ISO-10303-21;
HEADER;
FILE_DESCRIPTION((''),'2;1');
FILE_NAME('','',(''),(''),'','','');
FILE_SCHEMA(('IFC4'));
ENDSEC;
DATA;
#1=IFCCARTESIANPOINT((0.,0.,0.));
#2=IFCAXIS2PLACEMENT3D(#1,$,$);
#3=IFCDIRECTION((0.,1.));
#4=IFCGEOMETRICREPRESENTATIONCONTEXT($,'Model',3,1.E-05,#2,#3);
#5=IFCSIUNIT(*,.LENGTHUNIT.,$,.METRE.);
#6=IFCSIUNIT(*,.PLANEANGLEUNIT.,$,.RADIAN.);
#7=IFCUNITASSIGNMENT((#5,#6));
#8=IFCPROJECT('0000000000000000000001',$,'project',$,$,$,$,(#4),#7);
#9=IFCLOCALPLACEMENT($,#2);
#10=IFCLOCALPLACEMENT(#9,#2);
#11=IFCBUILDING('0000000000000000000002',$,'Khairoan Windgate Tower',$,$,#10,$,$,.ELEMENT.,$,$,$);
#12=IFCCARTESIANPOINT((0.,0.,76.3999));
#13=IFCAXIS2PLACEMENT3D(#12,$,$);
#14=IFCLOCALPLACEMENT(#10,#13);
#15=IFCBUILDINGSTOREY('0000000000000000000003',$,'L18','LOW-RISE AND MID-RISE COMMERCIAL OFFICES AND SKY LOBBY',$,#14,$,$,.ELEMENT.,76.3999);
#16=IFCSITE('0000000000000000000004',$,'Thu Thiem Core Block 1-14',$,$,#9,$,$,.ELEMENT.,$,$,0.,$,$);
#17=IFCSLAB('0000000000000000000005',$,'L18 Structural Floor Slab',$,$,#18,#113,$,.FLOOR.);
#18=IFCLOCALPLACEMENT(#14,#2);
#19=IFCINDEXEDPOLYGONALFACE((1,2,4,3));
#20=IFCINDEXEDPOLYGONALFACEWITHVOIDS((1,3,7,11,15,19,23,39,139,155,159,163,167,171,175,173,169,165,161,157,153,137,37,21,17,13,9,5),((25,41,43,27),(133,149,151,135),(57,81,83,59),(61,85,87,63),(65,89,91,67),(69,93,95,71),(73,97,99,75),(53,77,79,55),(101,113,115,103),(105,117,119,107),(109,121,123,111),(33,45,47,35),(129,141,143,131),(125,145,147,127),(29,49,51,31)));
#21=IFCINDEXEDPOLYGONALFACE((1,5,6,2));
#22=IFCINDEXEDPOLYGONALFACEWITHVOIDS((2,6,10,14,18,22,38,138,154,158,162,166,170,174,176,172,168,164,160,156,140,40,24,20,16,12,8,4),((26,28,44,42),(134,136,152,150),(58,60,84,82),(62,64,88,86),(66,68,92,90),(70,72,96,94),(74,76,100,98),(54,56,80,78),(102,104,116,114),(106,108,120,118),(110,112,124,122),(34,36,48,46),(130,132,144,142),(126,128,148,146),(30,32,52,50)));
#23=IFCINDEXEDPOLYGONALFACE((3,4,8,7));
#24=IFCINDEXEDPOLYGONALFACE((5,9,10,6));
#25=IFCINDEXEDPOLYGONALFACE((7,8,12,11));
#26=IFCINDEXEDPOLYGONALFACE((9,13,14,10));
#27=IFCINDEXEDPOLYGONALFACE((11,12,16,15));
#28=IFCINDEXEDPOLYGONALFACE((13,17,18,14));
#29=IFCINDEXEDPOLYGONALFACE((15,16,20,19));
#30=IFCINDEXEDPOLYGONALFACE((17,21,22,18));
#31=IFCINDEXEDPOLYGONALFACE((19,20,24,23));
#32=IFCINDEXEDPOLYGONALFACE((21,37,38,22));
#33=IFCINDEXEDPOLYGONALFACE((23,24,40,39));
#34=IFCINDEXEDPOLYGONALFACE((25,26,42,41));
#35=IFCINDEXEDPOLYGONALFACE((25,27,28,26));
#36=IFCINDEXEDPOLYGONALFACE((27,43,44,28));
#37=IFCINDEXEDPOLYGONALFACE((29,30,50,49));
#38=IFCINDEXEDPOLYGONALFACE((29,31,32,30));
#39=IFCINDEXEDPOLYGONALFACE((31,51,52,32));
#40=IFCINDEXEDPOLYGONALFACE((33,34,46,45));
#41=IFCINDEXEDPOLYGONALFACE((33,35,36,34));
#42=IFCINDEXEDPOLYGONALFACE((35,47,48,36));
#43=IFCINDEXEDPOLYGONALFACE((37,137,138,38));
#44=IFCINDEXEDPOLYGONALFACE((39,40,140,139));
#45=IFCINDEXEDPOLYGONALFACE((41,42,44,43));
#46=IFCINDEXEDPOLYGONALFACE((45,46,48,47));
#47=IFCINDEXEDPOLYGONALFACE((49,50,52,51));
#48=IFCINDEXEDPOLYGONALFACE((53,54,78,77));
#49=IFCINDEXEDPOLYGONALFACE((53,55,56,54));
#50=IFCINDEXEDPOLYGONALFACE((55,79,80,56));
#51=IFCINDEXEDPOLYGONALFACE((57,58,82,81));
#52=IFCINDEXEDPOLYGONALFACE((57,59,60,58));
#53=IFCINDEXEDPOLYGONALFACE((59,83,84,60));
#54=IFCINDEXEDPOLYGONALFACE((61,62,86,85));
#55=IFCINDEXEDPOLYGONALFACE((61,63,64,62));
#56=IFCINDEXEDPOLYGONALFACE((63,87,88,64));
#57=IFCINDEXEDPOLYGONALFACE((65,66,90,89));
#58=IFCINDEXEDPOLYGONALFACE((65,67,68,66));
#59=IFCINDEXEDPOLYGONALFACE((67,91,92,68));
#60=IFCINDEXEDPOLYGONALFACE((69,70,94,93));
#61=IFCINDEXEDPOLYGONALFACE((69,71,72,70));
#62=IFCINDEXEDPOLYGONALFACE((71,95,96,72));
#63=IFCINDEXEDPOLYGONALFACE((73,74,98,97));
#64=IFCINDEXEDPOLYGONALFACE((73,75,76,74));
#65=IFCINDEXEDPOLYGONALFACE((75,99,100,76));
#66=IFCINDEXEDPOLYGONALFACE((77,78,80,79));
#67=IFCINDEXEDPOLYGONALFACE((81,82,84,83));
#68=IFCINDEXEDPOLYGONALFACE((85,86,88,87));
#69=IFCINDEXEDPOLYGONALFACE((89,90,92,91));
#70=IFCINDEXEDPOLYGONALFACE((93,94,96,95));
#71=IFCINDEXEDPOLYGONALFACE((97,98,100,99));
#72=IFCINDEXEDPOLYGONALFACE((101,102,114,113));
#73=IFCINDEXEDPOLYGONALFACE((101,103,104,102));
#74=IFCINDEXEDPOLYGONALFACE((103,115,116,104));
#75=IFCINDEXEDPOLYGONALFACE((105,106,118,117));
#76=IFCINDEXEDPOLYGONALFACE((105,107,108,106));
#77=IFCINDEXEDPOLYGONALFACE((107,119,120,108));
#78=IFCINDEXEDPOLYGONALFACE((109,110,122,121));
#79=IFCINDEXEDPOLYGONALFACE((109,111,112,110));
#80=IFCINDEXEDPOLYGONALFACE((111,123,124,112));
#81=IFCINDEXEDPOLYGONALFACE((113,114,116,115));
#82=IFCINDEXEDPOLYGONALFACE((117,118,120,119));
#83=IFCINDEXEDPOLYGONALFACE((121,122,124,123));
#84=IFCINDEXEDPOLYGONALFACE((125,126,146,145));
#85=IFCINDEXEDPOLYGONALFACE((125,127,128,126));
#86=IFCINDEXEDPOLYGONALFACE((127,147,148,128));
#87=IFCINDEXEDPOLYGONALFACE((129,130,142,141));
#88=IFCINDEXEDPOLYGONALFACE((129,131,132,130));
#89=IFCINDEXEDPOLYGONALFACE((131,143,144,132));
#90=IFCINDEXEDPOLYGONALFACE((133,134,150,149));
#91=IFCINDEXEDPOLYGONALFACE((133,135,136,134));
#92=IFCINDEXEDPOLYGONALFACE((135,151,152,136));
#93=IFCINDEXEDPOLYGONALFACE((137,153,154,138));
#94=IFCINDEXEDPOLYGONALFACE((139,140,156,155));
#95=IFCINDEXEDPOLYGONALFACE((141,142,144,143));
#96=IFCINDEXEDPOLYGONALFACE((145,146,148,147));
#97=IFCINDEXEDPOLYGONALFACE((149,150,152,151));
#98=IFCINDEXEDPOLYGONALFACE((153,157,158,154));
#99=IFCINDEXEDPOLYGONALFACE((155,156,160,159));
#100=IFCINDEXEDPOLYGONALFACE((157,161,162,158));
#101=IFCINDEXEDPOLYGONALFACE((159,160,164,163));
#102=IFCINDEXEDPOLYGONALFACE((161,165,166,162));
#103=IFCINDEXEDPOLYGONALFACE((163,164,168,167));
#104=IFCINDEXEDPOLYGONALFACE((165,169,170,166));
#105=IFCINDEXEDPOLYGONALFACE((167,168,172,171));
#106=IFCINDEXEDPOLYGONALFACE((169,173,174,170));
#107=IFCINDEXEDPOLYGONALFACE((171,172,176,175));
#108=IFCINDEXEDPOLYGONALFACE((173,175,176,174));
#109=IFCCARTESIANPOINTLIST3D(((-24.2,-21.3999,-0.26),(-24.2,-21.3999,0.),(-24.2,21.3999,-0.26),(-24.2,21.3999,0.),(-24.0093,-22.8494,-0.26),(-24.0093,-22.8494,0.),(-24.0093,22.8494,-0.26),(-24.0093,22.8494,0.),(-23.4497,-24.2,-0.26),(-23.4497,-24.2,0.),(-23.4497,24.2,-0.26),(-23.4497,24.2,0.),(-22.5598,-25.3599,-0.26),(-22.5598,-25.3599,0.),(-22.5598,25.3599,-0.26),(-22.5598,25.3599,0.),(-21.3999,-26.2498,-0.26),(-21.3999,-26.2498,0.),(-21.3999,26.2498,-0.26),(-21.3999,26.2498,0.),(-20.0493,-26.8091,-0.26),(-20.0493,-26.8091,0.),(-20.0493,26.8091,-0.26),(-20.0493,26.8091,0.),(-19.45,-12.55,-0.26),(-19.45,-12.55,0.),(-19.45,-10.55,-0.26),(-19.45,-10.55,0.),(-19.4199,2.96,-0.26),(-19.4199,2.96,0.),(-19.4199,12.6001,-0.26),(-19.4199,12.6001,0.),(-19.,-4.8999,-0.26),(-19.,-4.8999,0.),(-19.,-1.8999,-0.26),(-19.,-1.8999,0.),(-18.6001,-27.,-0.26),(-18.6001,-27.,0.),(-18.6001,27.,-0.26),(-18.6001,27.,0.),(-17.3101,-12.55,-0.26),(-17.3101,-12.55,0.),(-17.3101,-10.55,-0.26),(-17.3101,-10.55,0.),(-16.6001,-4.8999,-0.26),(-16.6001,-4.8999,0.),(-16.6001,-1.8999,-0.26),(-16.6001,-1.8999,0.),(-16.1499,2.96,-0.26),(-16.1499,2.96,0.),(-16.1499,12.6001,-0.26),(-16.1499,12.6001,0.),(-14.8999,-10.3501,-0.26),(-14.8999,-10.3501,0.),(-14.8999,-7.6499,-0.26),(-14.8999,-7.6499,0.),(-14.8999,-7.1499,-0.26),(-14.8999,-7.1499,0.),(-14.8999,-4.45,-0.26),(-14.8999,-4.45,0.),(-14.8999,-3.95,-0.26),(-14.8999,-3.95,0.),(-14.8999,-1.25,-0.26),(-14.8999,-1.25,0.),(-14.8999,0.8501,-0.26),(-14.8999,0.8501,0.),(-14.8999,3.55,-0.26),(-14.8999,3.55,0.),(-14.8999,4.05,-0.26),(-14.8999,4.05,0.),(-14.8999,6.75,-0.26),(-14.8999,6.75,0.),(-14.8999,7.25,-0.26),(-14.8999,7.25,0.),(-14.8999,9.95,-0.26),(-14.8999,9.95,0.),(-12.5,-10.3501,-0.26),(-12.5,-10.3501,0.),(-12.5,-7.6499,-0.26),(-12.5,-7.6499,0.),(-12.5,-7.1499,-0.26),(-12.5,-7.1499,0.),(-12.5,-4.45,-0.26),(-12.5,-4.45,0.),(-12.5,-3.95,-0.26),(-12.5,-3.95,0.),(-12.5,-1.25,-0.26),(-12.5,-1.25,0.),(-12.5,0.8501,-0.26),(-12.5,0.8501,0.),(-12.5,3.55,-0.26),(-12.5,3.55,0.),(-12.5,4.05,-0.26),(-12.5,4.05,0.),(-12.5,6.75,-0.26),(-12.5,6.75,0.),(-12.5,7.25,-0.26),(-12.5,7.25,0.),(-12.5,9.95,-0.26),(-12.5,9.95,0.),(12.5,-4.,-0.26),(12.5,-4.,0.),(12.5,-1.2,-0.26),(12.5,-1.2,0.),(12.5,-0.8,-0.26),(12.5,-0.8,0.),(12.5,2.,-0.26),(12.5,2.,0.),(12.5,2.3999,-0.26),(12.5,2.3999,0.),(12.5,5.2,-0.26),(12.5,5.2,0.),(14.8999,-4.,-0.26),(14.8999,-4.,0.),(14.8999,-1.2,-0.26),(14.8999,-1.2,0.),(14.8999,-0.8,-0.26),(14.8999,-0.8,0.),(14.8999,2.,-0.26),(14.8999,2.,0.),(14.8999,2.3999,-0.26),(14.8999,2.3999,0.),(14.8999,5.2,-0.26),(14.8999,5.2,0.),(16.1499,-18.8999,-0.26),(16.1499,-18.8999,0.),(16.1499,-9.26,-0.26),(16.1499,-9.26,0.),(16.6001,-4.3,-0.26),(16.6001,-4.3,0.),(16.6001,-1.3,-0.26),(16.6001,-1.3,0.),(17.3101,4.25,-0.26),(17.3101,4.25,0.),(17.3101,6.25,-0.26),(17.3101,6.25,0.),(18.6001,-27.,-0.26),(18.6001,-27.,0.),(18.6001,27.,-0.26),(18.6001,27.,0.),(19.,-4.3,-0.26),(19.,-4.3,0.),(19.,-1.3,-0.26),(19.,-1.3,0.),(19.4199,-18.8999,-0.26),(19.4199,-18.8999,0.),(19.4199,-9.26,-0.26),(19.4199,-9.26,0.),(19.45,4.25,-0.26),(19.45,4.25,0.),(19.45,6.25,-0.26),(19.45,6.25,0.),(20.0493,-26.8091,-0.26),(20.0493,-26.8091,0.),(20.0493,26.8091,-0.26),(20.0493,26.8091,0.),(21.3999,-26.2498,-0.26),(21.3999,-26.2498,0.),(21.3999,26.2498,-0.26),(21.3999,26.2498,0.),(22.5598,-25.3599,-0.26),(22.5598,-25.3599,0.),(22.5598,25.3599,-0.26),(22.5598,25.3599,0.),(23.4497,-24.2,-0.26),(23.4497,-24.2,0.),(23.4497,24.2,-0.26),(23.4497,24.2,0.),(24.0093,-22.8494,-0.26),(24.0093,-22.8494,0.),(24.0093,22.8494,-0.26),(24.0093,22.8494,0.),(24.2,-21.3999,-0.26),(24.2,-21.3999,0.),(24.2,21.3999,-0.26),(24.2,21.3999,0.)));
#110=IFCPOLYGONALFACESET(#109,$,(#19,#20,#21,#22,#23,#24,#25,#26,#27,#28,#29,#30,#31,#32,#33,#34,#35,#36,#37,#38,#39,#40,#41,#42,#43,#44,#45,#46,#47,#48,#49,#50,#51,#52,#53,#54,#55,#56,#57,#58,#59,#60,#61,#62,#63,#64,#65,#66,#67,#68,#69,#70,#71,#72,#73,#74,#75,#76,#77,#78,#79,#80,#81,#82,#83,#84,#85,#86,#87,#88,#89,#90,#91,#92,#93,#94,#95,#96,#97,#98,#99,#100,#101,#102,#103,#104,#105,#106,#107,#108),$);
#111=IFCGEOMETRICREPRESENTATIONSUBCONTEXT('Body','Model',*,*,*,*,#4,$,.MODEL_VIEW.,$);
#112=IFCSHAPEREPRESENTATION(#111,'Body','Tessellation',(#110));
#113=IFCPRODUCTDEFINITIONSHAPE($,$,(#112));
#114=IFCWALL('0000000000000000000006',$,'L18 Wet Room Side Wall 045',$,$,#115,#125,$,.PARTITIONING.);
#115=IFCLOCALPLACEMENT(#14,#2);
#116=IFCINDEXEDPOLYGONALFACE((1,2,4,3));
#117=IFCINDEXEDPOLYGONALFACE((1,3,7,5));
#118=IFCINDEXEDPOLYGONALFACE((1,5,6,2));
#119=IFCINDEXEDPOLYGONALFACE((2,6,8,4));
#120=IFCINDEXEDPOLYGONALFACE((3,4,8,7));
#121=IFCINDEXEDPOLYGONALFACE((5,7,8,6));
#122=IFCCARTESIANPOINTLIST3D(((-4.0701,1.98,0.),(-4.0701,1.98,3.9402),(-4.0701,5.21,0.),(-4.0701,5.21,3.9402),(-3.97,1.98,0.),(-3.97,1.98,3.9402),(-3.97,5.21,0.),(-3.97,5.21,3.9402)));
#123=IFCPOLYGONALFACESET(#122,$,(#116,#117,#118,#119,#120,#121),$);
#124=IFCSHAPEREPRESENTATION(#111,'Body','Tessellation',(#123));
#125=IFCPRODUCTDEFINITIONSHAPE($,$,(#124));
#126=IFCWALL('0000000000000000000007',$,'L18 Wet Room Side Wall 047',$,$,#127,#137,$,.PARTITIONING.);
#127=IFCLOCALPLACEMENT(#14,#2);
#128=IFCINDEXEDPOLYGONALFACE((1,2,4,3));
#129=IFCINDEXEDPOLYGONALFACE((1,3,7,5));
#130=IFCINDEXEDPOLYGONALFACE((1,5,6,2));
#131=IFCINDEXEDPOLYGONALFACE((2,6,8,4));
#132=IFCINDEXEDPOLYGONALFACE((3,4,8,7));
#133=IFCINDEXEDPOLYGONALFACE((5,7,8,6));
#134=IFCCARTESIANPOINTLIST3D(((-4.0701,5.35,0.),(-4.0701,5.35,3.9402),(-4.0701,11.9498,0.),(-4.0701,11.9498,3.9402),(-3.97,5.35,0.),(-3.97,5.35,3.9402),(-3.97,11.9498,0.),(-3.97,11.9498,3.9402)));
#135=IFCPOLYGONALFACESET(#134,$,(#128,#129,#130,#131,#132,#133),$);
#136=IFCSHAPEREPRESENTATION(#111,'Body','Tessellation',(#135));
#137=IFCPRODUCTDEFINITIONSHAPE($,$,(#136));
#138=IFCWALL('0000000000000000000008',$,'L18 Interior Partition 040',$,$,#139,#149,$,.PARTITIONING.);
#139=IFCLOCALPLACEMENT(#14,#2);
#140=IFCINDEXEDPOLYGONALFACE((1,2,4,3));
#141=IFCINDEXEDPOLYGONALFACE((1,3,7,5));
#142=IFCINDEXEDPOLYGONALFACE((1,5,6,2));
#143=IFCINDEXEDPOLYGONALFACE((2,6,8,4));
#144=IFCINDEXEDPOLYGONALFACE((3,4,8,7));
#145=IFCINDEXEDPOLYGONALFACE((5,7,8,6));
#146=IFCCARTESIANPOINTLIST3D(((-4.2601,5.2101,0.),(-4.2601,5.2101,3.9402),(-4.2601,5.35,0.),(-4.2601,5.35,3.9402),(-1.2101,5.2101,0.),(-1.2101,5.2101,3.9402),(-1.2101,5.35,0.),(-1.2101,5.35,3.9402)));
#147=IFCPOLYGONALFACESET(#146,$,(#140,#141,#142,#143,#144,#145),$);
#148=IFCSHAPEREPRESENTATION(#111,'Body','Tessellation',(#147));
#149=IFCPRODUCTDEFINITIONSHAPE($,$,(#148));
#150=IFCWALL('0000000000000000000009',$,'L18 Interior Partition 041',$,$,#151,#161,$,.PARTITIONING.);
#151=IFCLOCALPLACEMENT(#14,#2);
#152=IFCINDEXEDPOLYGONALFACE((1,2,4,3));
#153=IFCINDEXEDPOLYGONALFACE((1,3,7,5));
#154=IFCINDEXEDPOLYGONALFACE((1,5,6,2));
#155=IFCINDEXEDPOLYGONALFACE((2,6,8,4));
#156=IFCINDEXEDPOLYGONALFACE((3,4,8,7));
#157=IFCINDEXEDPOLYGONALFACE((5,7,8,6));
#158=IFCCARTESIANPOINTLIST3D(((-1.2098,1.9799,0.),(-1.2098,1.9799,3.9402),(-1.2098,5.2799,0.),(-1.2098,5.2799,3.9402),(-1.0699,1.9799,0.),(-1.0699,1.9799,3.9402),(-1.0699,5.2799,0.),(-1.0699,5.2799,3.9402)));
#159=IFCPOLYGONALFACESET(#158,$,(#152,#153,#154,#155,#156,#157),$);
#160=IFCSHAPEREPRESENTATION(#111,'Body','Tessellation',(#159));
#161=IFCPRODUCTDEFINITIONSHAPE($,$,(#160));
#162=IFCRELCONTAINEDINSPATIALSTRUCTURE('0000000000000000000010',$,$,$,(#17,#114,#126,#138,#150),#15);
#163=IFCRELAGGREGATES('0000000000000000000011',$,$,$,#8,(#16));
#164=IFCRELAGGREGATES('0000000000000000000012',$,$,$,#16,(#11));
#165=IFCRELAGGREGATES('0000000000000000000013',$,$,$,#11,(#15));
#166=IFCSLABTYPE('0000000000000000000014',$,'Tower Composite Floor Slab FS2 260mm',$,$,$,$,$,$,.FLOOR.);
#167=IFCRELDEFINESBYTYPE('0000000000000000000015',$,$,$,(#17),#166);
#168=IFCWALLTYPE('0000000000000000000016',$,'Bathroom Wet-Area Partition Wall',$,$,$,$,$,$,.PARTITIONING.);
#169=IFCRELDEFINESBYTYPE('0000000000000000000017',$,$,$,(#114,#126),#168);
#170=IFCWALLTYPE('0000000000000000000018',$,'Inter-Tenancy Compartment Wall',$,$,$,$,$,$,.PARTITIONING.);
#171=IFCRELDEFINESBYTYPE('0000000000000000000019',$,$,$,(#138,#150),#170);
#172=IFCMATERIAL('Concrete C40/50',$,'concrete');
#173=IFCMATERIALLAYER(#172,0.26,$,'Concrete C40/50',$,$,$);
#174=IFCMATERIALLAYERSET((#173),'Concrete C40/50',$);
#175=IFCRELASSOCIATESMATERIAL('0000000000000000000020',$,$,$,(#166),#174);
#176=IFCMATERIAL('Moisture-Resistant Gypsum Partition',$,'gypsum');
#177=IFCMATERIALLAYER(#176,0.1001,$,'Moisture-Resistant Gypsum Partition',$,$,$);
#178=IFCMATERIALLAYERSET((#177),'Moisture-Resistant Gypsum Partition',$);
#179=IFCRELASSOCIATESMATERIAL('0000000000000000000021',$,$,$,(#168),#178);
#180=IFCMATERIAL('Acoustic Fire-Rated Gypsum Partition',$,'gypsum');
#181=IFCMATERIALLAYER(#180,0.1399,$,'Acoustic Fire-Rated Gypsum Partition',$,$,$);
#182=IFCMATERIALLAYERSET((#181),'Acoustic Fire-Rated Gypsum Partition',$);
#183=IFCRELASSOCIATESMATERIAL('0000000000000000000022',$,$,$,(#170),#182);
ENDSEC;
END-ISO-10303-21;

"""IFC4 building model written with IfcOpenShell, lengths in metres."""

from ifc_helpers import new_model, si_unit, direction, frame, frame_2d, origin, place, context, subcontext, project, spatial, polyline, rectangle, outline, extrude, material, layer, layer_set, type_object, element, save


model = new_model("IFC4")

# Units and contexts
model_context = context("Model", 3, precision=1e-05, world=origin(), true_north=direction((0.0, 1.0)))
body_context = subcontext(model_context, "Body", "Model", "MODEL_VIEW")
ifc_project = project(units=[si_unit("LENGTHUNIT", "METRE"), si_unit("PLANEANGLEUNIT", "RADIAN")], contexts=[model_context])

# Site, building, storey
site_placement = place(None, origin())
site = spatial("IfcSite", under=ifc_project, at=site_placement, Name="Thu Thiem Core Block 1-14", CompositionType="ELEMENT", RefElevation=0.0)
building_placement = place(site_placement, origin())
building = spatial("IfcBuilding", under=site, at=building_placement, Name="Khairoan Windgate Tower", CompositionType="ELEMENT")
storey_placement = place(building_placement, frame((0.0, 0.0, 76.3999)))
storey = spatial("IfcBuildingStorey", under=building, at=storey_placement, Name="L18", Description="LOW-RISE AND MID-RISE COMMERCIAL OFFICES AND SKY LOBBY", CompositionType="ELEMENT", Elevation=76.3999)

# Slab
ifc_material_1 = material(Name="Concrete C40/50", Category="concrete")
ifc_layer_1 = layer(ifc_material_1, 0.26, Name="Concrete C40/50")
ifc_layer_set_1 = layer_set([ifc_layer_1], Name="Concrete C40/50")
slab_type_1 = type_object("IfcSlabType", Name="Tower Composite Floor Slab FS2 260mm", PredefinedType="FLOOR", material=ifc_layer_set_1)
slab_1_placement = place(storey_placement, frame((0.0, 0.0, -0.26)))
element("IfcSlab", 1, at=slab_1_placement, inside=storey, type_object=slab_type_1, Name="L18 Structural Floor Slab", PredefinedType="FLOOR", context=body_context, shape_type="SweptSolid", body=[
    extrude(outline(polyline([(18.6001, -27.0), (20.0493, -26.8091), (21.3999, -26.2498), (22.5598, -25.3599), (23.4497, -24.2), (24.0093, -22.8494), (24.2, -21.3999), (24.2, 21.3999), (24.0093, 22.8494), (23.4497, 24.2), (22.5598, 25.3599), (21.3999, 26.2498), (20.0493, 26.8091), (18.6001, 27.0), (-18.6001, 27.0), (-20.0493, 26.8091), (-21.3999, 26.2498), (-22.5598, 25.3599), (-23.4497, 24.2), (-24.0093, 22.8494), (-24.2, 21.3999), (-24.2, -21.3999), (-24.0093, -22.8494), (-23.4497, -24.2), (-22.5598, -25.3599), (-21.3999, -26.2498), (-20.0493, -26.8091), (-18.6001, -27.0), (18.6001, -27.0)]), holes=[polyline([(16.1499, -9.26), (16.1499, -18.8999), (19.4199, -18.8999), (19.4199, -9.26), (16.1499, -9.26)]), polyline([(-16.1499, 2.96), (-16.1499, 12.6001), (-19.4199, 12.6001), (-19.4199, 2.96), (-16.1499, 2.96)]), polyline([(-14.8999, 7.25), (-12.5, 7.25), (-12.5, 9.95), (-14.8999, 9.95), (-14.8999, 7.25)]), polyline([(-14.8999, 4.05), (-12.5, 4.05), (-12.5, 6.75), (-14.8999, 6.75), (-14.8999, 4.05)]), polyline([(-14.8999, 0.8501), (-12.5, 0.8501), (-12.5, 3.55), (-14.8999, 3.55), (-14.8999, 0.8501)]), polyline([(-14.8999, -3.95), (-12.5, -3.95), (-12.5, -1.25), (-14.8999, -1.25), (-14.8999, -3.95)]), polyline([(-14.8999, -7.1499), (-12.5, -7.1499), (-12.5, -4.45), (-14.8999, -4.45), (-14.8999, -7.1499)]), polyline([(-14.8999, -10.3501), (-12.5, -10.3501), (-12.5, -7.6499), (-14.8999, -7.6499), (-14.8999, -10.3501)]), polyline([(12.5, 2.3999), (14.8999, 2.3999), (14.8999, 5.2), (12.5, 5.2), (12.5, 2.3999)]), polyline([(12.5, -0.8), (14.8999, -0.8), (14.8999, 2.0), (12.5, 2.0), (12.5, -0.8)]), polyline([(12.5, -4.0), (14.8999, -4.0), (14.8999, -1.2), (12.5, -1.2), (12.5, -4.0)]), polyline([(16.6001, -4.3), (19.0, -4.3), (19.0, -1.3), (16.6001, -1.3), (16.6001, -4.3)]), polyline([(-19.0, -4.8999), (-16.6001, -4.8999), (-16.6001, -1.8999), (-19.0, -1.8999), (-19.0, -4.8999)]), polyline([(-19.45, -12.55), (-17.3101, -12.55), (-17.3101, -10.55), (-19.45, -10.55), (-19.45, -12.55)]), polyline([(17.3101, 4.25), (19.45, 4.25), (19.45, 6.25), (17.3101, 6.25), (17.3101, 4.25)])]), origin(), (0.0, 0.0, 1.0), 0.26),
])

# Walls
ifc_material_2 = material(Name="Moisture-Resistant Gypsum Partition", Category="gypsum")
ifc_layer_2 = layer(ifc_material_2, 0.1001, Name="Moisture-Resistant Gypsum Partition")
ifc_layer_set_2 = layer_set([ifc_layer_2], Name="Moisture-Resistant Gypsum Partition")
wall_type_1 = type_object("IfcWallType", Name="Bathroom Wet-Area Partition Wall", PredefinedType="PARTITIONING", material=ifc_layer_set_2)
wall_1_placement = place(storey_placement, frame((-4.02, 1.98, 0.0), z_axis=(0.0, 0.0, 1.0), x_axis=(0.0, 1.0, 0.0)))
element("IfcWall", 2, at=wall_1_placement, inside=storey, type_object=wall_type_1, Name="L18 Wet Room Side Wall 045", PredefinedType="PARTITIONING", context=body_context, shape_type="SweptSolid", body=[
    extrude(rectangle(XDim=3.23, YDim=0.1001, at=frame_2d((1.615, 0.0))), origin(), (0.0, 0.0, 1.0), 3.9402),
])
wall_2_placement = place(storey_placement, frame((-4.02, 5.3501, 0.0), z_axis=(0.0, 0.0, 1.0), x_axis=(0.0, 1.0, 0.0)))
element("IfcWall", 3, at=wall_2_placement, inside=storey, type_object=wall_type_1, Name="L18 Wet Room Side Wall 047", PredefinedType="PARTITIONING", context=body_context, shape_type="SweptSolid", body=[
    extrude(rectangle(XDim=6.5999, YDim=0.1001, at=frame_2d((3.2998, 0.0))), origin(), (0.0, 0.0, 1.0), 3.9402),
])
ifc_material_3 = material(Name="Acoustic Fire-Rated Gypsum Partition", Category="gypsum")
ifc_layer_3 = layer(ifc_material_3, 0.1399, Name="Acoustic Fire-Rated Gypsum Partition")
ifc_layer_set_3 = layer_set([ifc_layer_3], Name="Acoustic Fire-Rated Gypsum Partition")
wall_type_2 = type_object("IfcWallType", Name="Inter-Tenancy Compartment Wall", PredefinedType="PARTITIONING", material=ifc_layer_set_3)
wall_3_placement = place(storey_placement, frame((-4.26, 5.28, 0.0), z_axis=(0.0, 0.0, 1.0), x_axis=(1.0, 0.0, 0.0)))
element("IfcWall", 4, at=wall_3_placement, inside=storey, type_object=wall_type_2, Name="L18 Interior Partition 040", PredefinedType="PARTITIONING", context=body_context, shape_type="SweptSolid", body=[
    extrude(rectangle(XDim=3.05, YDim=0.1399, at=frame_2d((1.5249, 0.0))), origin(), (0.0, 0.0, 1.0), 3.9402),
])
wall_4_placement = place(storey_placement, frame((-1.1399, 1.98, 0.0), z_axis=(0.0, 0.0, 1.0), x_axis=(0.0, 1.0, 0.0)))
element("IfcWall", 5, at=wall_4_placement, inside=storey, type_object=wall_type_2, Name="L18 Interior Partition 041", PredefinedType="PARTITIONING", context=body_context, shape_type="SweptSolid", body=[
    extrude(rectangle(XDim=3.3, YDim=0.1399, at=frame_2d((1.6499, 0.0))), origin(), (0.0, 0.0, 1.0), 3.9402),
])

save(model, "model.ifc")
